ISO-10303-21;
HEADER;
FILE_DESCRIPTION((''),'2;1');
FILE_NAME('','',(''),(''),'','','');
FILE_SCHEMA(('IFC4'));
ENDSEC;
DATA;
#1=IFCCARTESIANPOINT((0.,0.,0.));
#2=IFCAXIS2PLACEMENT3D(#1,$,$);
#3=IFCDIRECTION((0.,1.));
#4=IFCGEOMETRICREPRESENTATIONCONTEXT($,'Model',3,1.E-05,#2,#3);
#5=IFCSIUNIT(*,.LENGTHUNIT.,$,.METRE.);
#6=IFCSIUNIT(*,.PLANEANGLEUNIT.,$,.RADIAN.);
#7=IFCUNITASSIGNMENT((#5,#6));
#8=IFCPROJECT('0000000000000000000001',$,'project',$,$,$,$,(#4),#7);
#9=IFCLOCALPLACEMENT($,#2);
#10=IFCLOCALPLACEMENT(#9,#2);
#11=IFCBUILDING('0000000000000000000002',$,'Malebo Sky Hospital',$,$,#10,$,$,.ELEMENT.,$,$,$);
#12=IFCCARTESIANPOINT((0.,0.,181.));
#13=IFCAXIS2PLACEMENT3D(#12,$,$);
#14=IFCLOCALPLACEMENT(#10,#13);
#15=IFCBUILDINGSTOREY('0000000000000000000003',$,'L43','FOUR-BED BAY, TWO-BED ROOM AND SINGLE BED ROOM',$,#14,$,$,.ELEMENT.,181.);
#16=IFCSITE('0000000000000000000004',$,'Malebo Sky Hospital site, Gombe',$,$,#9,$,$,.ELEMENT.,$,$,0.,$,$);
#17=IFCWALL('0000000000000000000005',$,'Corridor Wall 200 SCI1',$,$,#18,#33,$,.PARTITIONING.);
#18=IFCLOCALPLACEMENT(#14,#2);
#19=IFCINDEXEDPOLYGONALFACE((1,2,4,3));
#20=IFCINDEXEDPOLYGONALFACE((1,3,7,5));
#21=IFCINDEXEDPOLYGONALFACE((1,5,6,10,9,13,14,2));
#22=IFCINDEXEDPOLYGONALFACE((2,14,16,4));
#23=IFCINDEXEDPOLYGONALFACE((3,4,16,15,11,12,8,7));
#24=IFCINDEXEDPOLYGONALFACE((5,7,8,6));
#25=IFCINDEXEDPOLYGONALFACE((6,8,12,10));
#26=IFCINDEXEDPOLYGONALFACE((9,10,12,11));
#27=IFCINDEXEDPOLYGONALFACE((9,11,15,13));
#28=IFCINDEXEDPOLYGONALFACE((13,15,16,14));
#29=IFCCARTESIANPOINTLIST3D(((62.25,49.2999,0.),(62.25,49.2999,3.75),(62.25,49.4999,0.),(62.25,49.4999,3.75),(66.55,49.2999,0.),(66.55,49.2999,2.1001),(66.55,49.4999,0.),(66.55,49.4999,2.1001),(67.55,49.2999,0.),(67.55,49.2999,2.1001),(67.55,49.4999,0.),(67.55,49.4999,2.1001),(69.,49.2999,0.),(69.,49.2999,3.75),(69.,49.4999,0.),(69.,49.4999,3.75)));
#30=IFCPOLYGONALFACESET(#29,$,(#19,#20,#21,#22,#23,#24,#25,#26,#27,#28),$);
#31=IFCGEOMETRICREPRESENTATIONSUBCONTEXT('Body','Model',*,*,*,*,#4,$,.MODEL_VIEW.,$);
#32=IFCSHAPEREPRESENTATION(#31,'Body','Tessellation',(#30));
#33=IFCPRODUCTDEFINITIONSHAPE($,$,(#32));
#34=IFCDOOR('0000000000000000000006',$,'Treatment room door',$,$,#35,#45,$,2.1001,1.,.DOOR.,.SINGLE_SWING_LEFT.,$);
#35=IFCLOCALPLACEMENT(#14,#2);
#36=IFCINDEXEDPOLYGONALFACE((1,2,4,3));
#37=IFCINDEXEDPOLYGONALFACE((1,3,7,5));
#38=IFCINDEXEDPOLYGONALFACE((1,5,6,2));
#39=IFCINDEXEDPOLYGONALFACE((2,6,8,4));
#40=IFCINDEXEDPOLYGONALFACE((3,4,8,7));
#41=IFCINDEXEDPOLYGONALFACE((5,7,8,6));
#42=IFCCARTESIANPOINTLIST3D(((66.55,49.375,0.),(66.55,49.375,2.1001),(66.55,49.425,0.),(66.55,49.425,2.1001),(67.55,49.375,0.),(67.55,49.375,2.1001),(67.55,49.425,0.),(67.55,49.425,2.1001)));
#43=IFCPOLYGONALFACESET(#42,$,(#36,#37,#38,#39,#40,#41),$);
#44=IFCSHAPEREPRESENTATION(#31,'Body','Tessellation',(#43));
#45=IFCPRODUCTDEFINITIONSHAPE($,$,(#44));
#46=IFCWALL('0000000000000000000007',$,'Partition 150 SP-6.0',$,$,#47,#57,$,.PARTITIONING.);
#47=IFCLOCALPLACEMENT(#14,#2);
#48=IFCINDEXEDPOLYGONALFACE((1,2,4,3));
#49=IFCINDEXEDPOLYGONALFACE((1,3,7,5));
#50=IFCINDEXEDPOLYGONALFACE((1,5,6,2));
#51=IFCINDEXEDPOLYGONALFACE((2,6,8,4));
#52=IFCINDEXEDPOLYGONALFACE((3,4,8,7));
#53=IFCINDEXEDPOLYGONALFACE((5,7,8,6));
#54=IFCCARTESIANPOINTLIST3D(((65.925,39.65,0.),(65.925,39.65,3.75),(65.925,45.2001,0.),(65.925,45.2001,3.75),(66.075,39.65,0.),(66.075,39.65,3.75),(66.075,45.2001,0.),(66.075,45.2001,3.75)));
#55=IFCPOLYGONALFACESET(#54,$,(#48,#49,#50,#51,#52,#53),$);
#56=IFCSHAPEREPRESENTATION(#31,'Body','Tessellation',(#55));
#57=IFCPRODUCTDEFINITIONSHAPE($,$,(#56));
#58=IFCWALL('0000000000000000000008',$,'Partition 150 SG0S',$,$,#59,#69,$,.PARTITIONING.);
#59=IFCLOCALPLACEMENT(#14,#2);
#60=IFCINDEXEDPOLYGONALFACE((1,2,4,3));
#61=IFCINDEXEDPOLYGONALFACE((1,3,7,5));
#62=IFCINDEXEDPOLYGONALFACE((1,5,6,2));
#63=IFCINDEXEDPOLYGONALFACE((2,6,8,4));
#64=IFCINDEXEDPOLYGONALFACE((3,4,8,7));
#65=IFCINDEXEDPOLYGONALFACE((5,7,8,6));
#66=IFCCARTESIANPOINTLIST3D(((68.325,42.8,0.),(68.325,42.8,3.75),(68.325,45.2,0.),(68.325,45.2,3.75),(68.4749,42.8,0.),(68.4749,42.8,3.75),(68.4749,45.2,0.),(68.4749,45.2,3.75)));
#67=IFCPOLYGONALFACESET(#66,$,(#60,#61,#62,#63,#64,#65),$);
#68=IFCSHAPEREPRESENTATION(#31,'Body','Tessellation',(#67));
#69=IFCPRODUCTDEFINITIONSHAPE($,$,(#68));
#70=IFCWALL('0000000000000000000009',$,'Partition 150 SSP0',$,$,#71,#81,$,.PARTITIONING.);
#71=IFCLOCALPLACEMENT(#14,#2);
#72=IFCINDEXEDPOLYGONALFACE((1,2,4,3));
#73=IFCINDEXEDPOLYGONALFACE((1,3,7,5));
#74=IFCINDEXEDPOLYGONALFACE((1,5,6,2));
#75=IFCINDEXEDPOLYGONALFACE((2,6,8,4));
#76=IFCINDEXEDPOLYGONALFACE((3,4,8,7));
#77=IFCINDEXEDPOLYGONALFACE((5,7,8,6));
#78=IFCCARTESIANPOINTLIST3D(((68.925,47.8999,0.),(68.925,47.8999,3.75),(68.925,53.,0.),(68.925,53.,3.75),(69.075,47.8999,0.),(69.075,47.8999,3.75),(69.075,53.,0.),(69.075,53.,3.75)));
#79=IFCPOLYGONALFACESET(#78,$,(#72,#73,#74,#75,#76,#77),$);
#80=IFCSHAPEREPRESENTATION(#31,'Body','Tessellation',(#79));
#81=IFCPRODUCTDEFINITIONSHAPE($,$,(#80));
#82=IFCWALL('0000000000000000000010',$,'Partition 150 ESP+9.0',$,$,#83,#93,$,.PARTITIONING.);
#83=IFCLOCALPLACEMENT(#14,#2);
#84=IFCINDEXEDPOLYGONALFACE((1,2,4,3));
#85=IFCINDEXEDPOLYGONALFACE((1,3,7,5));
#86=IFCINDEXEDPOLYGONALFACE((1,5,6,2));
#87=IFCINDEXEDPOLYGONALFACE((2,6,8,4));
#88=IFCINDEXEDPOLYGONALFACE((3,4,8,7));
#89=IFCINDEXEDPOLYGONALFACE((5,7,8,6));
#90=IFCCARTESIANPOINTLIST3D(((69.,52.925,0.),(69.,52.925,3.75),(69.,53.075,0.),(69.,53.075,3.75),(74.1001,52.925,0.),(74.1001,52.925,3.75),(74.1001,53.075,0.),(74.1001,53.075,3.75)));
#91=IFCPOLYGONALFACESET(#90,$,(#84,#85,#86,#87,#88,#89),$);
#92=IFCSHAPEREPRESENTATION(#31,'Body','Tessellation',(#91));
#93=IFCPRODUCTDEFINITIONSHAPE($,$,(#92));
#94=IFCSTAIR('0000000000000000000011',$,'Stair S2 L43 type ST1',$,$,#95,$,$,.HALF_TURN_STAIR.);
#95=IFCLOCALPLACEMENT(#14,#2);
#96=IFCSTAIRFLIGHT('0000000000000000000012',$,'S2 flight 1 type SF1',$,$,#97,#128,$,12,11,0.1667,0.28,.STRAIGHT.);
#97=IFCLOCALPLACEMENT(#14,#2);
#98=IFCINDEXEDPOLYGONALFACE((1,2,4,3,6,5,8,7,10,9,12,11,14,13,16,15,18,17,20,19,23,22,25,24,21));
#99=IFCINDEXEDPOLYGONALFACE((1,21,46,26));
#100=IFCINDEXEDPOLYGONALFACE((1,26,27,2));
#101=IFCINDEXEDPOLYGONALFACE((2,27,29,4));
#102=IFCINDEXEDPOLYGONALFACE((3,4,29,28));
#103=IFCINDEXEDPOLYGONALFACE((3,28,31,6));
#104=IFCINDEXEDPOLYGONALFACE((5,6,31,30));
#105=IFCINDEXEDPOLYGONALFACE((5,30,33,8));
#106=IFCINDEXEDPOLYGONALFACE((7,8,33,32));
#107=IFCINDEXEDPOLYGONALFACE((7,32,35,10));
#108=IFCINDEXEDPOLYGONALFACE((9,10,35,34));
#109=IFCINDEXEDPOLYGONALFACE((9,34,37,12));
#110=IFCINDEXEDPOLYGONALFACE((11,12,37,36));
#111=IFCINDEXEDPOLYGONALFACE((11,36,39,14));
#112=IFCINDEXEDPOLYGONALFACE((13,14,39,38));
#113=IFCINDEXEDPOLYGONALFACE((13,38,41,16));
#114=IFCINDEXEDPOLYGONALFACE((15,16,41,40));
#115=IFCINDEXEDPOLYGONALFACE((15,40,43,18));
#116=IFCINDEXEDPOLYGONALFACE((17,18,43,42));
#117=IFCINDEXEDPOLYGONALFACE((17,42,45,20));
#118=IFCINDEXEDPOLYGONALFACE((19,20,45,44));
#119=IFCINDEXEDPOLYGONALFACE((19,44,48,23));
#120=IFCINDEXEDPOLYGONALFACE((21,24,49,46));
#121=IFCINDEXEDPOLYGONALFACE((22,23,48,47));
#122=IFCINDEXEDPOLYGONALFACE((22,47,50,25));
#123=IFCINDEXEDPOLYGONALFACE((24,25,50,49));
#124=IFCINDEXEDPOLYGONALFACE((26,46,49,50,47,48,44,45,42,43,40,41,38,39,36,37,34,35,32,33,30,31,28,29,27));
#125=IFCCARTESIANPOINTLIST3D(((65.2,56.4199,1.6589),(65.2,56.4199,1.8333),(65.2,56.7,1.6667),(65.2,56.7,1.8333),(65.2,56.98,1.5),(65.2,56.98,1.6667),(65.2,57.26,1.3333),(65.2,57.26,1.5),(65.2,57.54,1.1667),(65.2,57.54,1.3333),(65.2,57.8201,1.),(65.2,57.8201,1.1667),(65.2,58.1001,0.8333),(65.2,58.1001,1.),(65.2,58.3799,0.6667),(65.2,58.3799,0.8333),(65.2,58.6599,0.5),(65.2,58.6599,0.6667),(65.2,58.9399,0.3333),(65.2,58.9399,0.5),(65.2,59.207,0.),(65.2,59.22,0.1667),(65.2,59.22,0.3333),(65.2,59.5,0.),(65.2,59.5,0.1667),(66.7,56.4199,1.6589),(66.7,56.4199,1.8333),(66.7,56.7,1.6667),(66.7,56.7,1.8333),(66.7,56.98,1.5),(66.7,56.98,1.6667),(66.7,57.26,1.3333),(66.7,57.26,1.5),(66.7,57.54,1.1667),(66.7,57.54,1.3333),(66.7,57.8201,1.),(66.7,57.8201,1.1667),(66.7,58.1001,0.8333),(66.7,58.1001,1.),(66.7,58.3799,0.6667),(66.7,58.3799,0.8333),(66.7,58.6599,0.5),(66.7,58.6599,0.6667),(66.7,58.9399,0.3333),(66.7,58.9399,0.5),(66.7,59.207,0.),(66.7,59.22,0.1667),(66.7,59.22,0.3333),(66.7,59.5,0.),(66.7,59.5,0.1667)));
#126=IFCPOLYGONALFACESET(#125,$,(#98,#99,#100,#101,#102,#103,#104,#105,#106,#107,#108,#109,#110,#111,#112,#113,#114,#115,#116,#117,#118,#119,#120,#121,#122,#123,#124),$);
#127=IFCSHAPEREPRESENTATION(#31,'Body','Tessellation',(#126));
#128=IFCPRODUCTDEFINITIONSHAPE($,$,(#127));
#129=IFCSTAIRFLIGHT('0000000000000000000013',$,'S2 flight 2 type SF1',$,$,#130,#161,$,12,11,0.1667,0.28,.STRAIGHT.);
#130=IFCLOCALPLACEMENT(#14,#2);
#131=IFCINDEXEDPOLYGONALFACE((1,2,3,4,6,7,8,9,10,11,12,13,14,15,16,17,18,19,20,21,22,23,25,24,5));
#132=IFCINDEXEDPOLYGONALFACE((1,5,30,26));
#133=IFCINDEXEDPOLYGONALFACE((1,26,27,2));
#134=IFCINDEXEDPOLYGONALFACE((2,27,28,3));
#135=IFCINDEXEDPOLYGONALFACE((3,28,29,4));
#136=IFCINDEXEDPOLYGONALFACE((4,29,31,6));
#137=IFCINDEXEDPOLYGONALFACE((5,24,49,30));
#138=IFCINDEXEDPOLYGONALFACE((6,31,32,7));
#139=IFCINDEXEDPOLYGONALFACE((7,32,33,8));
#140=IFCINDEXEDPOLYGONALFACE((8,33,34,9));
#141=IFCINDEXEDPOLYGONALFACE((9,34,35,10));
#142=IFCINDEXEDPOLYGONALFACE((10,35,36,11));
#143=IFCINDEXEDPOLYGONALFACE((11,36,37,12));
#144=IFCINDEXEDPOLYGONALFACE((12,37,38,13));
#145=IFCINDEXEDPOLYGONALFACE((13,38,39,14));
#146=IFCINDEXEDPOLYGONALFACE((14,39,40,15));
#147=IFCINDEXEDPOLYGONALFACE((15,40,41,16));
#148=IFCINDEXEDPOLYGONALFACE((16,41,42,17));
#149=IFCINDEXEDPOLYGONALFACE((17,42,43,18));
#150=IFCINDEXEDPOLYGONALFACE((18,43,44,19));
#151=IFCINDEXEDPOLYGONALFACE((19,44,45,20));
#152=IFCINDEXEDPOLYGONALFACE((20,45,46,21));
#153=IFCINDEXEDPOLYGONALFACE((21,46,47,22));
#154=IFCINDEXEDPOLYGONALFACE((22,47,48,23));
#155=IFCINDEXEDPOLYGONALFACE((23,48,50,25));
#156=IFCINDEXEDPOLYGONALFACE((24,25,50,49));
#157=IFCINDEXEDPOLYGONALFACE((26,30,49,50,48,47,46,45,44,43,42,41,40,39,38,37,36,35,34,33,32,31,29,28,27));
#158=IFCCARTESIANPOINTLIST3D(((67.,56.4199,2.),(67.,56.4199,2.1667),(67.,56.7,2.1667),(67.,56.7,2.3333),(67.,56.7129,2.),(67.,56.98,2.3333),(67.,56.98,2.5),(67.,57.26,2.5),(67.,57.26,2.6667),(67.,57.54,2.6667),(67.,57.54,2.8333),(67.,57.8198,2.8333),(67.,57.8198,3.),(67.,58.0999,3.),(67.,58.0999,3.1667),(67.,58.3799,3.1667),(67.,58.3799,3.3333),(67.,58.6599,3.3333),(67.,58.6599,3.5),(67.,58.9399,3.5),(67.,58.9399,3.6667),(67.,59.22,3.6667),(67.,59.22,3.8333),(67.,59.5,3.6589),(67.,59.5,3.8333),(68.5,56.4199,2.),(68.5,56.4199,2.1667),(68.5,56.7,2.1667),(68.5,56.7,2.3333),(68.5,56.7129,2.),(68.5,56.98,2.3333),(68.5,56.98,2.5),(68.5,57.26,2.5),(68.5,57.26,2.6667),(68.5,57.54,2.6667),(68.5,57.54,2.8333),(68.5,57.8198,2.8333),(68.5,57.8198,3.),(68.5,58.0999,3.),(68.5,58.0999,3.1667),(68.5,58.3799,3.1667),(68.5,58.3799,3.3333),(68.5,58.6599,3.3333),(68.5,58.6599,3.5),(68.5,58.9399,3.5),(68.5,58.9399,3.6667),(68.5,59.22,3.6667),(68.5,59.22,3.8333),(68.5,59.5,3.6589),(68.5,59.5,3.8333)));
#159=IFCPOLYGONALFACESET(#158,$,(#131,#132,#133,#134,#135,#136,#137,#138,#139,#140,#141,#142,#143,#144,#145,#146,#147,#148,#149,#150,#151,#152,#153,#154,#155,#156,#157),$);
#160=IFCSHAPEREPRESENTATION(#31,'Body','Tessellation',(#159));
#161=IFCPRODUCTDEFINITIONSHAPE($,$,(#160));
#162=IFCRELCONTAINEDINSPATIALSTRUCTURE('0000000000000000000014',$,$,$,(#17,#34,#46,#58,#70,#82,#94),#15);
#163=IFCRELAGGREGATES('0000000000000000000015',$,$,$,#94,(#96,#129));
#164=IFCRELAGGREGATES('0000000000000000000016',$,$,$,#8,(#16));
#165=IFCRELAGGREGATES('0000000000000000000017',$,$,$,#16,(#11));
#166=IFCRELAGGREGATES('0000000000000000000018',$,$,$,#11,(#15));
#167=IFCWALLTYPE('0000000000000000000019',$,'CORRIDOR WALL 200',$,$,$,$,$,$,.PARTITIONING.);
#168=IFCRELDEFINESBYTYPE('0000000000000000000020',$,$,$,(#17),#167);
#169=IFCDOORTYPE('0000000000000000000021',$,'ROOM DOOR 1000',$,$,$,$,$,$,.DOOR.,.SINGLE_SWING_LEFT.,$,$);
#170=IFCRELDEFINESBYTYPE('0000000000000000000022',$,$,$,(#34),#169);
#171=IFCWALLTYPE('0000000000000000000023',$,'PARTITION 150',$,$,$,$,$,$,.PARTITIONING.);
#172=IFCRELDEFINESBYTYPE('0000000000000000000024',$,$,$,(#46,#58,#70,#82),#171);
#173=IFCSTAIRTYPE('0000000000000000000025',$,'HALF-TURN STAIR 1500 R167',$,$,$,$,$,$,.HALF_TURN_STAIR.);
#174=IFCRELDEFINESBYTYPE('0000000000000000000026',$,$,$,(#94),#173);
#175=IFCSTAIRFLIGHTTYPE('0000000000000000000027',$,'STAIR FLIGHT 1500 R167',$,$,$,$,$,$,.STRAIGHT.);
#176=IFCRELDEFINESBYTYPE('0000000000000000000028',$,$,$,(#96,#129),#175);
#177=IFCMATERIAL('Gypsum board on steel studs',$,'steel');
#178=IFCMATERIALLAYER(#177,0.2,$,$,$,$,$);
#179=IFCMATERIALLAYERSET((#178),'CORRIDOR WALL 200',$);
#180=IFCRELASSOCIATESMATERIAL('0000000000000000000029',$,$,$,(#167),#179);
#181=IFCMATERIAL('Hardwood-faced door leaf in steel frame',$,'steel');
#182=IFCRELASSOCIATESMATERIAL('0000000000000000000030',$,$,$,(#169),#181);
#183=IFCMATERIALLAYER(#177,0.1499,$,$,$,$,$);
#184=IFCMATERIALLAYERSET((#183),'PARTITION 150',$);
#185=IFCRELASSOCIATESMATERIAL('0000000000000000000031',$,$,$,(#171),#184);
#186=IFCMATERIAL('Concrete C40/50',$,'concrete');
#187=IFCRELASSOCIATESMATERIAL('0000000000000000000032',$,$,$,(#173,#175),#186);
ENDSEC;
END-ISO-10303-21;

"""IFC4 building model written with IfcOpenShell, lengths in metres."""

from ifc_helpers import new_model, si_unit, direction, frame, frame_2d, origin, place, context, subcontext, project, spatial, polyline, rectangle, outline, extrude, material, layer, layer_set, type_object, element, fill, aggregate, save


model = new_model("IFC4")

# Units and contexts
model_context = context("Model", 3, precision=1e-05, world=origin(), true_north=direction((0.0, 1.0)))
body_context = subcontext(model_context, "Body", "Model", "MODEL_VIEW")
ifc_project = project(units=[si_unit("LENGTHUNIT", "METRE"), si_unit("PLANEANGLEUNIT", "RADIAN")], contexts=[model_context])

# Site, building, storey
site_placement = place(None, origin())
site = spatial("IfcSite", under=ifc_project, at=site_placement, Name="Malebo Sky Hospital site, Gombe", CompositionType="ELEMENT", RefElevation=0.0)
building_placement = place(site_placement, origin())
building = spatial("IfcBuilding", under=site, at=building_placement, Name="Malebo Sky Hospital", CompositionType="ELEMENT")
storey_placement = place(building_placement, frame((0.0, 0.0, 181.0)))
storey = spatial("IfcBuildingStorey", under=building, at=storey_placement, Name="L43", Description="FOUR-BED BAY, TWO-BED ROOM AND SINGLE BED ROOM", CompositionType="ELEMENT", Elevation=181.0)

# Wall, opening, door
ifc_material_1 = material(Name="Hardwood-faced door leaf in steel frame", Category="steel")
ifc_material_2 = material(Name="Gypsum board on steel studs", Category="steel")
ifc_layer_1 = layer(ifc_material_2, 0.2)
ifc_layer_set_1 = layer_set([ifc_layer_1], Name="CORRIDOR WALL 200")
wall_type_1 = type_object("IfcWallType", Name="CORRIDOR WALL 200", PredefinedType="PARTITIONING", material=ifc_layer_set_1)
wall_1_placement = place(storey_placement, frame((69.0, 49.3999, 0.0), z_axis=(0.0, 0.0, 1.0), x_axis=(-1.0, 0.0, 0.0)))
wall_1 = element("IfcWall", 1, at=wall_1_placement, inside=storey, type_object=wall_type_1, Name="Corridor Wall 200 SCI1", PredefinedType="PARTITIONING", context=body_context, shape_type="SweptSolid", body=[
    extrude(rectangle(XDim=6.75, YDim=0.2, at=frame_2d((3.375, 0.0))), origin(), (0.0, 0.0, 1.0), 3.75),
])
opening_1_placement = place(wall_1_placement, frame((1.45, 0.0, 0.0)))
opening_1 = element("IfcOpeningElement", 2, at=opening_1_placement, cuts=wall_1, PredefinedType="OPENING", context=body_context, shape_type="SweptSolid", body=[
    extrude(rectangle(XDim=1.0, YDim=2.1001, at=frame_2d((0.5, 1.05))), frame((0.0, 0.1099, 0.0), z_axis=(0.0, -1.0, 0.0), x_axis=(1.0, 0.0, 0.0)), (0.0, 0.0, 1.0), 0.22),
])
door_type_1 = type_object("IfcDoorType", Name="ROOM DOOR 1000", OperationType="SINGLE_SWING_LEFT", PredefinedType="DOOR", material=ifc_material_1)
door_1_placement = place(opening_1_placement, origin())
door_1 = element("IfcDoor", 3, at=door_1_placement, inside=storey, type_object=door_type_1, Name="Treatment room door", OperationType="SINGLE_SWING_LEFT", OverallHeight=2.1001, OverallWidth=1.0, PredefinedType="DOOR", context=body_context, shape_type="SweptSolid", body=[
    extrude(rectangle(XDim=1.0, YDim=2.1001, at=frame_2d((0.5, 1.05))), frame((0.0, 0.0249, 0.0), z_axis=(0.0, -1.0, 0.0), x_axis=(1.0, 0.0, 0.0)), (0.0, 0.0, 1.0), 0.05),
])
fill(opening_1, door_1)

# Walls
ifc_layer_2 = layer(ifc_material_2, 0.1499)
ifc_layer_set_2 = layer_set([ifc_layer_2], Name="PARTITION 150")
wall_type_2 = type_object("IfcWallType", Name="PARTITION 150", PredefinedType="PARTITIONING", material=ifc_layer_set_2)
wall_2_placement = place(storey_placement, frame((66.0, 45.2, 0.0), z_axis=(0.0, 0.0, 1.0), x_axis=(0.0, -1.0, 0.0)))
element("IfcWall", 4, at=wall_2_placement, inside=storey, type_object=wall_type_2, Name="Partition 150 SP-6.0", PredefinedType="PARTITIONING", context=body_context, shape_type="SweptSolid", body=[
    extrude(rectangle(XDim=5.55, YDim=0.1499, at=frame_2d((2.7749, 0.0))), origin(), (0.0, 0.0, 1.0), 3.75),
])
wall_3_placement = place(storey_placement, frame((68.3999, 45.2, 0.0), z_axis=(0.0, 0.0, 1.0), x_axis=(0.0, -1.0, 0.0)))
element("IfcWall", 5, at=wall_3_placement, inside=storey, type_object=wall_type_2, Name="Partition 150 SG0S", PredefinedType="PARTITIONING", context=body_context, shape_type="SweptSolid", body=[
    extrude(rectangle(XDim=2.3999, YDim=0.1499, at=frame_2d((1.2, 0.0))), origin(), (0.0, 0.0, 1.0), 3.75),
])
for number, where, z_axis, x_axis, name in (
    (6, (69.0, 53.0, 0.0), (0.0, 0.0, 1.0), (0.0, -1.0, 0.0), "Partition 150 SSP0"),
    (7, (69.0, 53.0, 0.0), (0.0, 0.0, 1.0), (1.0, 0.0, 0.0), "Partition 150 ESP+9.0"),
):
    element("IfcWall", number, at=place(storey_placement, frame(where, z_axis=z_axis, x_axis=x_axis)), inside=storey, type_object=wall_type_2, Name=name, PredefinedType="PARTITIONING", context=body_context, shape_type="SweptSolid", body=[
        extrude(rectangle(XDim=5.1001, YDim=0.1499, at=frame_2d((2.55, 0.0))), origin(), (0.0, 0.0, 1.0), 3.75),
    ])

# Stair, stair flights
ifc_material_3 = material(Name="Concrete C40/50", Category="concrete")
stair_type = type_object("IfcStairType", Name="HALF-TURN STAIR 1500 R167", PredefinedType="HALF_TURN_STAIR", material=ifc_material_3)
stair_placement = place(storey_placement, origin())
stair = element("IfcStair", 8, at=stair_placement, inside=storey, type_object=stair_type, Name="Stair S2 L43 type ST1", PredefinedType="HALF_TURN_STAIR")
stair_flight_type = type_object("IfcStairFlightType", Name="STAIR FLIGHT 1500 R167", PredefinedType="STRAIGHT", material=ifc_material_3)
stair_flight_1_placement = place(storey_placement, frame((65.95, 59.5, 0.0), z_axis=(0.0, 0.0, 1.0), x_axis=(0.0, -1.0, 0.0)))
stair_flight_1 = element("IfcStairFlight", 9, at=stair_flight_1_placement, type_object=stair_flight_type, Name="S2 flight 1 type SF1", NumberOfRisers=12, NumberOfTreads=11, PredefinedType="STRAIGHT", RiserHeight=0.1667, TreadLength=0.28, context=body_context, shape_type="SweptSolid", body=[
    extrude(outline(polyline([(0.0, 0.0), (0.0, 0.1667), (0.28, 0.1667), (0.28, 0.3333), (0.5601, 0.3333), (0.5601, 0.5), (0.8401, 0.5), (0.8401, 0.6667), (1.1201, 0.6667), (1.1201, 0.8333), (1.3999, 0.8333), (1.3999, 1.0), (1.6799, 1.0), (1.6799, 1.1667), (1.96, 1.1667), (1.96, 1.3333), (2.24, 1.3333), (2.24, 1.5), (2.52, 1.5), (2.52, 1.6667), (2.8, 1.6667), (2.8, 1.8333), (3.0801, 1.8333), (3.0801, 2.0), (3.0801, 1.6589), (0.293, 0.0), (0.0, 0.0)])), frame((0.0, 0.75, 0.0), z_axis=(0.0, -1.0, 0.0), x_axis=(1.0, 0.0, 0.0)), (0.0, 0.0, 1.0), 1.5),
])
stair_flight_2_placement = place(storey_placement, frame((67.75, 56.4199, 2.0), z_axis=(0.0, 0.0, 1.0), x_axis=(0.0, 1.0, 0.0)))
stair_flight_2 = element("IfcStairFlight", 10, at=stair_flight_2_placement, type_object=stair_flight_type, Name="S2 flight 2 type SF1", NumberOfRisers=12, NumberOfTreads=11, PredefinedType="STRAIGHT", RiserHeight=0.1667, TreadLength=0.28, context=body_context, shape_type="SweptSolid", body=[
    extrude(outline(polyline([(0.0, 0.0), (0.0, 0.1667), (0.28, 0.1667), (0.28, 0.3333), (0.5601, 0.3333), (0.5601, 0.5), (0.8401, 0.5), (0.8401, 0.6667), (1.1201, 0.6667), (1.1201, 0.8333), (1.3999, 0.8333), (1.3999, 1.0), (1.6799, 1.0), (1.6799, 1.1667), (1.96, 1.1667), (1.96, 1.3333), (2.24, 1.3333), (2.24, 1.5), (2.52, 1.5), (2.52, 1.6667), (2.8, 1.6667), (2.8, 1.8333), (3.0801, 1.8333), (3.0801, 2.0), (3.0801, 1.6589), (0.293, 0.0), (0.0, 0.0)])), frame((0.0, 0.75, 0.0), z_axis=(0.0, -1.0, 0.0), x_axis=(1.0, 0.0, 0.0)), (0.0, 0.0, 1.0), 1.5),
])
aggregate(stair, [stair_flight_1, stair_flight_2])

save(model, "model.ifc")
